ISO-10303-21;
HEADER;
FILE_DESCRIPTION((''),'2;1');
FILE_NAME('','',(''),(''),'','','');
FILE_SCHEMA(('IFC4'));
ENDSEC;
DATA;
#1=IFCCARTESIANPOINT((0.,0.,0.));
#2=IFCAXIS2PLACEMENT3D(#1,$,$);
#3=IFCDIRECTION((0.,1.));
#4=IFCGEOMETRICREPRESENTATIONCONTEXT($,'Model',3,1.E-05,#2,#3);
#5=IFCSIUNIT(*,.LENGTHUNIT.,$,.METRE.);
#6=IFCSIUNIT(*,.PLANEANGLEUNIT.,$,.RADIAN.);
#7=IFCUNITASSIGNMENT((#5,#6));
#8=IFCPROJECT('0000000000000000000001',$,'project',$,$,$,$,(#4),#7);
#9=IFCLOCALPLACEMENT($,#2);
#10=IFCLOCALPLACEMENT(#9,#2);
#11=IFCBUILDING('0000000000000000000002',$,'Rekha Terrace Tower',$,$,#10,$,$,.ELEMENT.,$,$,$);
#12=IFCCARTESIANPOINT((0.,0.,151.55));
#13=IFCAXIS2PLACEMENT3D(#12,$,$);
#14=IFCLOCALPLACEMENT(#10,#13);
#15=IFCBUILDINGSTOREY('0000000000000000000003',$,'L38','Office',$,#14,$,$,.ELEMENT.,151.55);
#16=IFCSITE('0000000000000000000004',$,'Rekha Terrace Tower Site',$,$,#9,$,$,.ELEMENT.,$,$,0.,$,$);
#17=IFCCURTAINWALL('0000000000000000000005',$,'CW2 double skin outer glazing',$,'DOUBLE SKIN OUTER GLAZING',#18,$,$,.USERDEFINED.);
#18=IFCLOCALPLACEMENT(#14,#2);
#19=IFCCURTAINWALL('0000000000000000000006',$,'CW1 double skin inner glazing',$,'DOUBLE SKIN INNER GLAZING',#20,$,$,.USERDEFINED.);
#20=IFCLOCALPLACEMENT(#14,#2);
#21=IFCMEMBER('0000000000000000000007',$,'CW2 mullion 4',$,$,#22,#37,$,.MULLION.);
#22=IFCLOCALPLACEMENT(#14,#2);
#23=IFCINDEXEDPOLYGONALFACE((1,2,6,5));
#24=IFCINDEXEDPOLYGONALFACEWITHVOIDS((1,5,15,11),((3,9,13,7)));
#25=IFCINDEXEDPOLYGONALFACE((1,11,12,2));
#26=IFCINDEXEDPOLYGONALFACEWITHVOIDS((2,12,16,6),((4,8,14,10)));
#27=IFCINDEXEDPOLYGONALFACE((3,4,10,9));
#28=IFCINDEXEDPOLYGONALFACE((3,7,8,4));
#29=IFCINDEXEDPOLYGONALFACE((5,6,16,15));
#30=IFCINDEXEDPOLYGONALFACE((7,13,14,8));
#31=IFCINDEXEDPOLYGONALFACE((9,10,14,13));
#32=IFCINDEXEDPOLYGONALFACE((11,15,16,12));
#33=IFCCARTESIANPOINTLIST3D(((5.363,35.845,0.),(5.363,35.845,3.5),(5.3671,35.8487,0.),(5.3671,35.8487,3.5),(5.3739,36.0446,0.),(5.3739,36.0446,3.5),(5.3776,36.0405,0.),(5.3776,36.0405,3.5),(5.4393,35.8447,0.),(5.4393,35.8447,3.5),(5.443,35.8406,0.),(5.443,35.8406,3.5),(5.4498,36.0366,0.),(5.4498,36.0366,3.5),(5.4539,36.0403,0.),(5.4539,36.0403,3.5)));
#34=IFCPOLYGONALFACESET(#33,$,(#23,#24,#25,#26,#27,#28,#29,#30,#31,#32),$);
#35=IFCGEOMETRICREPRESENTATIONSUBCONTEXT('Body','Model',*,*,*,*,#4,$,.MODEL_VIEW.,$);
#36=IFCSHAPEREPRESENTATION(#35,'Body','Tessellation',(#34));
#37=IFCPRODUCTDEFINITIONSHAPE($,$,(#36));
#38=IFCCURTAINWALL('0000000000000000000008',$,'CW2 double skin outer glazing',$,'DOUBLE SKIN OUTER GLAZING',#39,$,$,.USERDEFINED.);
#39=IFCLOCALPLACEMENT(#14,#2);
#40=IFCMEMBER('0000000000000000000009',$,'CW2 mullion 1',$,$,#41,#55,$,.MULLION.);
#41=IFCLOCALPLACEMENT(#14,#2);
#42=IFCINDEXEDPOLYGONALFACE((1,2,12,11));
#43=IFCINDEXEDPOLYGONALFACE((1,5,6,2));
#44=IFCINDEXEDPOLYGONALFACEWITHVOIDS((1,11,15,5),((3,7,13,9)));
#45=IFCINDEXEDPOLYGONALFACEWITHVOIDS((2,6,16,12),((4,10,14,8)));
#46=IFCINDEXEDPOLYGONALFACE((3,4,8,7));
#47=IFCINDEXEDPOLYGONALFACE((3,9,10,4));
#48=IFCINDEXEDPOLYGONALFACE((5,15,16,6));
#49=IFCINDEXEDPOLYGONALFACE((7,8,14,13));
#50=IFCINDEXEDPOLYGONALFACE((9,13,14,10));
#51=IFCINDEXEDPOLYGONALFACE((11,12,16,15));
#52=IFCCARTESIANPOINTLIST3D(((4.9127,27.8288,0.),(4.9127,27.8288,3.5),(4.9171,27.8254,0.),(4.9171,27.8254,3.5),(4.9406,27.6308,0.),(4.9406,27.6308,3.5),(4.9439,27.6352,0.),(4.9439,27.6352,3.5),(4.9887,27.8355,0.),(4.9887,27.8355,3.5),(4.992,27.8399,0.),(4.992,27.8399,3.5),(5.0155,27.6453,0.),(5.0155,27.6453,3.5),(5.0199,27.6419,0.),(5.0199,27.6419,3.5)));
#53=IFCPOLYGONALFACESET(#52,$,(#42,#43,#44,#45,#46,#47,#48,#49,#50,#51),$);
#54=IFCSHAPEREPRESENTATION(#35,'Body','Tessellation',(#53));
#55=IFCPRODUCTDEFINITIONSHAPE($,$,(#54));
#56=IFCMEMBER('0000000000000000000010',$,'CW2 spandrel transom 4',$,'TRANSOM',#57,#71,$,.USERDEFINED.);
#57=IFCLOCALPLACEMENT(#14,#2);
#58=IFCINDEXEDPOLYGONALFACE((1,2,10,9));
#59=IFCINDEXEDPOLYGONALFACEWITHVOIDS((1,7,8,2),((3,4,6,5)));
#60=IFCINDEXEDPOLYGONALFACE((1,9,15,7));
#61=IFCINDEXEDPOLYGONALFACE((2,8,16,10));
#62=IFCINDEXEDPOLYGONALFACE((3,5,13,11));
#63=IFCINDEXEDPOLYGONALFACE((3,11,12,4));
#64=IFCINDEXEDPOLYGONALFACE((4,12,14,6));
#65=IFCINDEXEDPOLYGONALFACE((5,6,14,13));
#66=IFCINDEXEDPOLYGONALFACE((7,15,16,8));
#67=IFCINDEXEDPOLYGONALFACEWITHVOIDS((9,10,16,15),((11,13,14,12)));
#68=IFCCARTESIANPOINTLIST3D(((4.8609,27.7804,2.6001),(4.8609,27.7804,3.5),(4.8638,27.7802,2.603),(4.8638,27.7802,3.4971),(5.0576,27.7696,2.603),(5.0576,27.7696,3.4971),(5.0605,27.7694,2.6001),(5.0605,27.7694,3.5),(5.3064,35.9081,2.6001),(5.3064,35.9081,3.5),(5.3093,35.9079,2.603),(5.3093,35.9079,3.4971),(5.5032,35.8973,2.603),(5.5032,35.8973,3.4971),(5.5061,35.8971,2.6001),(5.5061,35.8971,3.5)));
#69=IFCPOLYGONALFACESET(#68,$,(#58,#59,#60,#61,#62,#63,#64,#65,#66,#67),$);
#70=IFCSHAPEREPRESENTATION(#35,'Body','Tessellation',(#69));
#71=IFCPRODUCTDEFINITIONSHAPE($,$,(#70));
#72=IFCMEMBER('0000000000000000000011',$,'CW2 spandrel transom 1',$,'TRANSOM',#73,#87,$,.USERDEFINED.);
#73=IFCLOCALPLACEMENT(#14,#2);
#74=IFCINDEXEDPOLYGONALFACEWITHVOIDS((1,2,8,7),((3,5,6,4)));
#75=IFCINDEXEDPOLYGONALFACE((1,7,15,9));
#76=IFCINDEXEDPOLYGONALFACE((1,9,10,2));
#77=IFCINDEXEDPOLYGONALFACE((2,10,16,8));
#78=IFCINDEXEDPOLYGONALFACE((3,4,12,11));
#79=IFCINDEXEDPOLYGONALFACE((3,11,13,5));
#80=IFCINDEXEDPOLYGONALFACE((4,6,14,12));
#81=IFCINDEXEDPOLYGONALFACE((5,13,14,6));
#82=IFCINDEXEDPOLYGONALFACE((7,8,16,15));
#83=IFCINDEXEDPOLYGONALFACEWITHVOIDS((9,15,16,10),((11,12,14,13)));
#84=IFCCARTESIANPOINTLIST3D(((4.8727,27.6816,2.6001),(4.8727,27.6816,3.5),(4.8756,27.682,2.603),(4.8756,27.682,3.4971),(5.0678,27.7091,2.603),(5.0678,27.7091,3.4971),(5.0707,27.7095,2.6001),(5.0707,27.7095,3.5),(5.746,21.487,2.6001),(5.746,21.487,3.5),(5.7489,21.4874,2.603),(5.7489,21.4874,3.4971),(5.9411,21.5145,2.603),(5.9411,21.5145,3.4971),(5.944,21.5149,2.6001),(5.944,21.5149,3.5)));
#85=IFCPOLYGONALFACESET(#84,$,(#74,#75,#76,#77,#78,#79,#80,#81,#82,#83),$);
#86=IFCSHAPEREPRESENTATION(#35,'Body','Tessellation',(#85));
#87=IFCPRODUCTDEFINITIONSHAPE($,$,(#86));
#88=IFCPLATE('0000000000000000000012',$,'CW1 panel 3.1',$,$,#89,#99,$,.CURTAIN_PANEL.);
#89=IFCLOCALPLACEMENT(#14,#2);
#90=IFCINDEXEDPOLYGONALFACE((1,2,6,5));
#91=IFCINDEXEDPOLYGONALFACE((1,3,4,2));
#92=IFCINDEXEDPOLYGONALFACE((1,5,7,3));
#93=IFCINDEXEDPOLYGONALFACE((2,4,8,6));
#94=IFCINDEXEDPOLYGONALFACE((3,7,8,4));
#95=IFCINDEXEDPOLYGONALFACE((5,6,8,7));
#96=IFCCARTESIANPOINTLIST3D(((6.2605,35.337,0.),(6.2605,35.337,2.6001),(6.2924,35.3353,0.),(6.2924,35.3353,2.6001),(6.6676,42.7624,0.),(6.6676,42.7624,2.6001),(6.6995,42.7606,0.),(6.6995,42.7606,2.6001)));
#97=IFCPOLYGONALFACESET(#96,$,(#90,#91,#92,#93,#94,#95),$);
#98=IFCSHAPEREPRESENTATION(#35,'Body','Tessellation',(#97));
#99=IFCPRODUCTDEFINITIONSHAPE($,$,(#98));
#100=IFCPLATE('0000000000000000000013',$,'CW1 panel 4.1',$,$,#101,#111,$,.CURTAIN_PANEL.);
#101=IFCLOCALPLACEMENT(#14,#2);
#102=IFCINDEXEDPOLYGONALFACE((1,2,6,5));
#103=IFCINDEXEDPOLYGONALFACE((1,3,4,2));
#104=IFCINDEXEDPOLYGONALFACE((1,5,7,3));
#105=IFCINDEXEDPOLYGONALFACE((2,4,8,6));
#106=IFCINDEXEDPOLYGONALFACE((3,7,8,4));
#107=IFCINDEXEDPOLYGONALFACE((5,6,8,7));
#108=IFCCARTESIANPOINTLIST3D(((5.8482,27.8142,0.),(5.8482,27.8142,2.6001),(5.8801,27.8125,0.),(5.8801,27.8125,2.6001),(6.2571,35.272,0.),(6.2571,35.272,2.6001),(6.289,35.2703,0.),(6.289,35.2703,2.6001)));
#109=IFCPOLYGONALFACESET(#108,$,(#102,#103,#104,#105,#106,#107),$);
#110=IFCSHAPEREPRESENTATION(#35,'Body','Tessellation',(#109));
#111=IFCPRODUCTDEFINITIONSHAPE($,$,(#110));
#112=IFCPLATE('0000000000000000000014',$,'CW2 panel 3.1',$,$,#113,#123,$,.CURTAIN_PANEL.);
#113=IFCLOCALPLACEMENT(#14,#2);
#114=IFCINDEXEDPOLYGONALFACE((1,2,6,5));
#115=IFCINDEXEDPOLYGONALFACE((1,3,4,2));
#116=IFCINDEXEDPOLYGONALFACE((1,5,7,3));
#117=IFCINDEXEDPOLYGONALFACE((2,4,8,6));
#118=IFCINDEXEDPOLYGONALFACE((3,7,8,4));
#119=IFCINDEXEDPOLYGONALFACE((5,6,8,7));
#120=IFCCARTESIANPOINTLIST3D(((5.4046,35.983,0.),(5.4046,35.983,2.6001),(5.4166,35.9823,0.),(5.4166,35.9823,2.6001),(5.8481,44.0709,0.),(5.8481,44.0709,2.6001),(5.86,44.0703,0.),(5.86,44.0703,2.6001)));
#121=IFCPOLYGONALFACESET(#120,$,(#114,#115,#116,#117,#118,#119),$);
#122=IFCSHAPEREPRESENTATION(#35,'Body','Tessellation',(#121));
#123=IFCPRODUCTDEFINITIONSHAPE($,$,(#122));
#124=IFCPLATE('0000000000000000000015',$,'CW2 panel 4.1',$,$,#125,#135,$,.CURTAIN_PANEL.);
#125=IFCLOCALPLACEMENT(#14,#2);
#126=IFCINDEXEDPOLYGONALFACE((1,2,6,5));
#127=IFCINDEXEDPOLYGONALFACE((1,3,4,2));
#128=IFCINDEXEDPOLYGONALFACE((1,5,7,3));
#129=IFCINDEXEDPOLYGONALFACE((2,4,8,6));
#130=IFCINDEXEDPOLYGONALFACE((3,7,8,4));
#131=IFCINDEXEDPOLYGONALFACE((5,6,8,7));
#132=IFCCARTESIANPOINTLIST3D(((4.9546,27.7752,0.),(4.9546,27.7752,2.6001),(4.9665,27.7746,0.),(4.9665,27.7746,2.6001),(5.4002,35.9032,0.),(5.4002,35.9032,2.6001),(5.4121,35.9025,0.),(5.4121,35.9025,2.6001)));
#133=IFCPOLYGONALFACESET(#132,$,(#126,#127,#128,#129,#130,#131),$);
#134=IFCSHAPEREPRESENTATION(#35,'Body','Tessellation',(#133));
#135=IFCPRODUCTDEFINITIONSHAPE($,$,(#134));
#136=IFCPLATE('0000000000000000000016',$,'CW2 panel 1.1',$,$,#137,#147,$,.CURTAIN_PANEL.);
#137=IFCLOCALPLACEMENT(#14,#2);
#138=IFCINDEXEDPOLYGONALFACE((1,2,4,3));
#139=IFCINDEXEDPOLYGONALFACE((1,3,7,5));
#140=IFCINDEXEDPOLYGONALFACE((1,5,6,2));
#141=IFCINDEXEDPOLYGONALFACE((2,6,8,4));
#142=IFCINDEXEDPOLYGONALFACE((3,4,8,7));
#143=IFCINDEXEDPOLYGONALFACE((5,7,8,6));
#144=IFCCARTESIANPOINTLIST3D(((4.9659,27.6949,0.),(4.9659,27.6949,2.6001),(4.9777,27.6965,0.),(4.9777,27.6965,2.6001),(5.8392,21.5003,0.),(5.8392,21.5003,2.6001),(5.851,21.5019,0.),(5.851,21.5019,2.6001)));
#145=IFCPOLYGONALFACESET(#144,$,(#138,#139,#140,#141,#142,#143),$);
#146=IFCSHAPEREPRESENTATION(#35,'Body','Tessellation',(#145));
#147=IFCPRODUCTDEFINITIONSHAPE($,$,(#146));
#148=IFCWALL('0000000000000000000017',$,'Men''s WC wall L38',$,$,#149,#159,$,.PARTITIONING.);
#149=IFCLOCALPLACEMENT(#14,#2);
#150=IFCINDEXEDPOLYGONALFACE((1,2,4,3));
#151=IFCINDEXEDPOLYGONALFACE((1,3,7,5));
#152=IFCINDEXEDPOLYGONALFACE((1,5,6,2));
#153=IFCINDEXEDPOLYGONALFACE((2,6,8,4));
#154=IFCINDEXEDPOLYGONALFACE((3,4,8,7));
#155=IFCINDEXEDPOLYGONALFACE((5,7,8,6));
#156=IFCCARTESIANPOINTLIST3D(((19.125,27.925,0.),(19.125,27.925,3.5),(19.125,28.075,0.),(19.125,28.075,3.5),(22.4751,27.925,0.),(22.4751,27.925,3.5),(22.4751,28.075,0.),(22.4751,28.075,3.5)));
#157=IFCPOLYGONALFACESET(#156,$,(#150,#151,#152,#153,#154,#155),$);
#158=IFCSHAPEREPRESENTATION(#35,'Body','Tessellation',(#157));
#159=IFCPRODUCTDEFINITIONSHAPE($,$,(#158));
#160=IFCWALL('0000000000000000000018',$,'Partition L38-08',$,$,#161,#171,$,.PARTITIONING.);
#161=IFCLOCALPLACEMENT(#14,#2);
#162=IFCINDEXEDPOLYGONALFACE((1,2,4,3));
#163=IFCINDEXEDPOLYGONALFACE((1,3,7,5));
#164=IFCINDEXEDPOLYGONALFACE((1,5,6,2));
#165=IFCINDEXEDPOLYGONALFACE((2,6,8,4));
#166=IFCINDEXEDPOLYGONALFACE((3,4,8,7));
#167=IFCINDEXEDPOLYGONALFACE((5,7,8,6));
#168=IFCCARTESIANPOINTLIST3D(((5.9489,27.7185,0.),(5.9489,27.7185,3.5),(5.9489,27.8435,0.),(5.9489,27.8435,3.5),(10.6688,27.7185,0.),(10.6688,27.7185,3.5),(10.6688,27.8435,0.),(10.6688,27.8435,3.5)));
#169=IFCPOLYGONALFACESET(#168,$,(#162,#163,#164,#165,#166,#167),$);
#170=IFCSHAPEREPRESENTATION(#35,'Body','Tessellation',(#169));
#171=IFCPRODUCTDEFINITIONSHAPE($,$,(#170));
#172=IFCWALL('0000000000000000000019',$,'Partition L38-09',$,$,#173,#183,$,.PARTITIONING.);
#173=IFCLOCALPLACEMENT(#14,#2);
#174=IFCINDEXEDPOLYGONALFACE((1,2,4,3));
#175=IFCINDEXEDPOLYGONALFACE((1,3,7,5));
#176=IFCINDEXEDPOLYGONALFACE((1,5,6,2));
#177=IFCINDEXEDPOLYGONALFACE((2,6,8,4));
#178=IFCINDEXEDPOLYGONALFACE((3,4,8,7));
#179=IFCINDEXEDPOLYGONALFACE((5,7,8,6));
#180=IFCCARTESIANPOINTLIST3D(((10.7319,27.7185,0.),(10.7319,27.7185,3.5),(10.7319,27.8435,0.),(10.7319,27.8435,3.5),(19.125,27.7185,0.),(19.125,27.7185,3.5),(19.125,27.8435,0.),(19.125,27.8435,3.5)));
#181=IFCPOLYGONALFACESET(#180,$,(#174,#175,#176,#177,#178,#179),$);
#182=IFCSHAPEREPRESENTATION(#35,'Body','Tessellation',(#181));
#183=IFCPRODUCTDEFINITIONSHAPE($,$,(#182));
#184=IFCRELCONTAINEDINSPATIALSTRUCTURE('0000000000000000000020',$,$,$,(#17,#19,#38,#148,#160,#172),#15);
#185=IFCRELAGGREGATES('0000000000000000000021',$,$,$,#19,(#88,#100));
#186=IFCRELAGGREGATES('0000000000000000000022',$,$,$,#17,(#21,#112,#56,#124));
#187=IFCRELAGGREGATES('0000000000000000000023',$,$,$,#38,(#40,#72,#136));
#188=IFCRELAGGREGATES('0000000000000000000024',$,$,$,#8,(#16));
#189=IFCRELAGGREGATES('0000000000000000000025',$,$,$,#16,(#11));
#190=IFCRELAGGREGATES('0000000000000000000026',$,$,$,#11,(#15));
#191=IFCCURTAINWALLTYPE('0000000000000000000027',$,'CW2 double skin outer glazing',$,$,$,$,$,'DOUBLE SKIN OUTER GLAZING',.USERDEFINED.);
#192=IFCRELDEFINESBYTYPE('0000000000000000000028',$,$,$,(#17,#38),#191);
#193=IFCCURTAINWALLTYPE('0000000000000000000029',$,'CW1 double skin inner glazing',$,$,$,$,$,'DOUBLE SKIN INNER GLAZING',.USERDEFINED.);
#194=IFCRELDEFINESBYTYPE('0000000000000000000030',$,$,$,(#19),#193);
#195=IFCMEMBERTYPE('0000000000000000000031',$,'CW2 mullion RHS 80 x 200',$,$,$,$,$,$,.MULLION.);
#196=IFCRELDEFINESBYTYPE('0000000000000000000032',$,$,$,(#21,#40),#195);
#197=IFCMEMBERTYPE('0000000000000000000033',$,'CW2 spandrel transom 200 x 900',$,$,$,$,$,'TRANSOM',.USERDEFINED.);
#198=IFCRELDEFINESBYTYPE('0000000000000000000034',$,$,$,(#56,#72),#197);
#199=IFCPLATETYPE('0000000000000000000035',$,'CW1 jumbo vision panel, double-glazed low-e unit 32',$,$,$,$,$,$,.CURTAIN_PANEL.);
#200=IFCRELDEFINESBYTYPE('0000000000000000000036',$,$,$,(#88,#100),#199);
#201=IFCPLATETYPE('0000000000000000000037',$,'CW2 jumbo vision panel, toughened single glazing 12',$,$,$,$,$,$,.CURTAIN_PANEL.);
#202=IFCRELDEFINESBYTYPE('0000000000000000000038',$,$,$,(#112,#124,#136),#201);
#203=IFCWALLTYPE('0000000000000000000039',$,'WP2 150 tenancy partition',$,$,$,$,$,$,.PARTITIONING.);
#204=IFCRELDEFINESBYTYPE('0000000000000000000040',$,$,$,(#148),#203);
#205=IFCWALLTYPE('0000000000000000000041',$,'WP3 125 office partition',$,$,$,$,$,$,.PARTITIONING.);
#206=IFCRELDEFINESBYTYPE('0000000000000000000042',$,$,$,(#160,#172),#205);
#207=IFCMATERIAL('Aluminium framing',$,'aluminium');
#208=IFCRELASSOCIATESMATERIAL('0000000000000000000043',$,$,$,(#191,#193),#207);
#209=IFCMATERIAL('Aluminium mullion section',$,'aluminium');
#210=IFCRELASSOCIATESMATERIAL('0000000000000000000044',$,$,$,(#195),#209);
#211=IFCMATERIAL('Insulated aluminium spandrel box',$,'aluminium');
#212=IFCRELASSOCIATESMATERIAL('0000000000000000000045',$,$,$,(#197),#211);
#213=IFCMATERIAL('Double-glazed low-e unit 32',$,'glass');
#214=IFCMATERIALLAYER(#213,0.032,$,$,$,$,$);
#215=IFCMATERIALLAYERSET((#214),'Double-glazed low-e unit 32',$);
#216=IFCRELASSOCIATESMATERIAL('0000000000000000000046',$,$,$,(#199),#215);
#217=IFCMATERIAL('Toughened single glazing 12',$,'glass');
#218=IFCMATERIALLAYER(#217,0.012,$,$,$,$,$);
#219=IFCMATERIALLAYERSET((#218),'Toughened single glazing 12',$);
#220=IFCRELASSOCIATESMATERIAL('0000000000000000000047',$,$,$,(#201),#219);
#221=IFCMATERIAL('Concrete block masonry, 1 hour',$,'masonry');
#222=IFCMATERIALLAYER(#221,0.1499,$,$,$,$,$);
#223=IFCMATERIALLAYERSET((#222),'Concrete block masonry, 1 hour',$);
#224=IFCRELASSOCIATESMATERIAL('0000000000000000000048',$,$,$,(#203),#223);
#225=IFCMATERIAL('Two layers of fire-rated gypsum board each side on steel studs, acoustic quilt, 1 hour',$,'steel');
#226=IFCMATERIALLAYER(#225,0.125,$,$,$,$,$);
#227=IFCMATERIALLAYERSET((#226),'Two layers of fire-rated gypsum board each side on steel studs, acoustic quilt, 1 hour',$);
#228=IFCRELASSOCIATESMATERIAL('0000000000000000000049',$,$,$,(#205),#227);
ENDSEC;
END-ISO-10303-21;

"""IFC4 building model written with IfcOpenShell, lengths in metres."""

from ifc_helpers import new_model, si_unit, direction, frame, frame_2d, origin, origin_2d, place, context, subcontext, project, spatial, rectangle, hollow_rectangle, extrude, material, layer, layer_set, material_profile, profile_set, type_object, element, aggregate, save


model = new_model("IFC4")

# Units and contexts
model_context = context("Model", 3, precision=1e-05, world=origin(), true_north=direction((0.0, 1.0)))
body_context = subcontext(model_context, "Body", "Model", "MODEL_VIEW")
ifc_project = project(units=[si_unit("LENGTHUNIT", "METRE"), si_unit("PLANEANGLEUNIT", "RADIAN")], contexts=[model_context])

# Site, building, storey
site_placement = place(None, origin())
site = spatial("IfcSite", under=ifc_project, at=site_placement, Name="Rekha Terrace Tower Site", CompositionType="ELEMENT", RefElevation=0.0)
building_placement = place(site_placement, origin())
building = spatial("IfcBuilding", under=site, at=building_placement, Name="Rekha Terrace Tower", CompositionType="ELEMENT")
storey_placement = place(building_placement, frame((0.0, 0.0, 151.55)))
storey = spatial("IfcBuildingStorey", under=building, at=storey_placement, Name="L38", Description="Office", CompositionType="ELEMENT", Elevation=151.55)

# Curtain walls
ifc_material_1 = material(Name="Aluminium framing", Category="aluminium")
curtain_wall_type_1 = type_object("IfcCurtainWallType", Name="CW2 double skin outer glazing", ElementType="DOUBLE SKIN OUTER GLAZING", PredefinedType="USERDEFINED", material=ifc_material_1)
curtain_wall_1_placement = place(storey_placement, origin())
curtain_wall_1 = element("IfcCurtainWall", 1, at=curtain_wall_1_placement, inside=storey, type_object=curtain_wall_type_1, Name="CW2 double skin outer glazing", ObjectType="DOUBLE SKIN OUTER GLAZING", PredefinedType="USERDEFINED")
curtain_wall_type_2 = type_object("IfcCurtainWallType", Name="CW1 double skin inner glazing", ElementType="DOUBLE SKIN INNER GLAZING", PredefinedType="USERDEFINED", material=ifc_material_1)
curtain_wall_2_placement = place(storey_placement, origin())
curtain_wall_2 = element("IfcCurtainWall", 2, at=curtain_wall_2_placement, inside=storey, type_object=curtain_wall_type_2, Name="CW1 double skin inner glazing", ObjectType="DOUBLE SKIN INNER GLAZING", PredefinedType="USERDEFINED")
ifc_material_2 = material(Name="Aluminium mullion section", Category="aluminium")

# Member
ifc_material_3 = material(Name="Insulated aluminium spandrel box", Category="aluminium")
ifc_material_profile_1 = material_profile(ifc_material_2, hollow_rectangle(XDim=0.0801, YDim=0.2, WallThickness=0.0039, at=origin_2d()), Name="AL RHS 80x200")
ifc_profile_set_1 = profile_set([ifc_material_profile_1], Name="Aluminium mullion section")
member_type_1 = type_object("IfcMemberType", Name="CW2 mullion RHS 80 x 200", PredefinedType="MULLION", material=ifc_profile_set_1)
member_1_placement = place(storey_placement, frame((5.4084, 35.9426, 0.0), z_axis=(0.0, 0.0, 1.0), x_axis=(0.998501, -0.054742, 0.0)))
member_1 = element("IfcMember", 3, at=member_1_placement, type_object=member_type_1, Name="CW2 mullion 4", PredefinedType="MULLION", context=body_context, shape_type="SweptSolid", body=[
    extrude(hollow_rectangle(XDim=0.0801, YDim=0.2, WallThickness=0.0039, at=origin_2d()), origin(), (0.0, 0.0, 1.0), 3.5),
])

# Curtain wall, member
curtain_wall_3_placement = place(storey_placement, origin())
curtain_wall_3 = element("IfcCurtainWall", 4, at=curtain_wall_3_placement, inside=storey, type_object=curtain_wall_type_1, Name="CW2 double skin outer glazing", ObjectType="DOUBLE SKIN OUTER GLAZING", PredefinedType="USERDEFINED")
member_2_placement = place(storey_placement, frame((4.9663, 27.7354, 0.0), z_axis=(0.0, 0.0, 1.0), x_axis=(0.990208, 0.139597, 0.0)))
member_2 = element("IfcMember", 5, at=member_2_placement, type_object=member_type_1, Name="CW2 mullion 1", PredefinedType="MULLION", context=body_context, shape_type="SweptSolid", body=[
    extrude(hollow_rectangle(XDim=0.0801, YDim=0.2, WallThickness=0.0039, at=origin_2d()), origin(), (0.0, 0.0, 1.0), 3.5),
])

# Members
ifc_material_profile_2 = material_profile(ifc_material_3, hollow_rectangle(XDim=0.2, YDim=0.8999, WallThickness=0.0029, at=origin_2d()), Name="AL SPANDREL BOX 200x900")
ifc_profile_set_2 = profile_set([ifc_material_profile_2], Name="Insulated aluminium spandrel box")
member_type_2 = type_object("IfcMemberType", Name="CW2 spandrel transom 200 x 900", ElementType="TRANSOM", PredefinedType="USERDEFINED", material=ifc_profile_set_2)
member_3_placement = place(storey_placement, frame((5.4062, 35.9026, 3.05), z_axis=(-0.054737, -0.998501, 0.0), x_axis=(0.998501, -0.054737, 0.0)))
member_3 = element("IfcMember", 6, at=member_3_placement, type_object=member_type_2, Name="CW2 spandrel transom 4", ObjectType="TRANSOM", PredefinedType="USERDEFINED", context=body_context, shape_type="SweptSolid", body=[
    extrude(hollow_rectangle(XDim=0.2, YDim=0.8999, WallThickness=0.0029, at=origin_2d()), origin(), (0.0, 0.0, 1.0), 8.1399),
])
member_4_placement = place(storey_placement, frame((4.9717, 27.6956, 3.05), z_axis=(0.139596, -0.990209, 0.0), x_axis=(0.990209, 0.139596, 0.0)))
member_4 = element("IfcMember", 7, at=member_4_placement, type_object=member_type_2, Name="CW2 spandrel transom 1", ObjectType="TRANSOM", PredefinedType="USERDEFINED", context=body_context, shape_type="SweptSolid", body=[
    extrude(hollow_rectangle(XDim=0.2, YDim=0.8999, WallThickness=0.0029, at=origin_2d()), origin(), (0.0, 0.0, 1.0), 6.2559),
])

# Plates
ifc_material_4 = material(Name="Double-glazed low-e unit 32", Category="glass")
ifc_layer_1 = layer(ifc_material_4, 0.032)
ifc_layer_set_1 = layer_set([ifc_layer_1], Name="Double-glazed low-e unit 32")
plate_type_1 = type_object("IfcPlateType", Name="CW1 jumbo vision panel, double-glazed low-e unit 32", PredefinedType="CURTAIN_PANEL", material=ifc_layer_set_1)
plate_1_placement = place(storey_placement, frame((6.48, 39.0488, 0.0), z_axis=(0.0, 0.0, 1.0), x_axis=(-0.054742, -0.998501, 0.0)))
plate_1 = element("IfcPlate", 8, at=plate_1_placement, type_object=plate_type_1, Name="CW1 panel 3.1", PredefinedType="CURTAIN_PANEL", context=body_context, shape_type="SweptSolid", body=[
    extrude(rectangle(XDim=7.4365, YDim=0.032, at=origin_2d()), origin(), (0.0, 0.0, 1.0), 2.6001),
])
plate_2_placement = place(storey_placement, frame((6.0686, 31.5422, 0.0), z_axis=(0.0, 0.0, 1.0), x_axis=(-0.054742, -0.998501, 0.0)))
plate_2 = element("IfcPlate", 9, at=plate_2_placement, type_object=plate_type_1, Name="CW1 panel 4.1", PredefinedType="CURTAIN_PANEL", context=body_context, shape_type="SweptSolid", body=[
    extrude(rectangle(XDim=7.469, YDim=0.032, at=origin_2d()), origin(), (0.0, 0.0, 1.0), 2.6001),
])
aggregate(curtain_wall_2, [plate_1, plate_2])
ifc_material_5 = material(Name="Toughened single glazing 12", Category="glass")
ifc_layer_2 = layer(ifc_material_5, 0.012)
ifc_layer_set_2 = layer_set([ifc_layer_2], Name="Toughened single glazing 12")
plate_type_2 = type_object("IfcPlateType", Name="CW2 jumbo vision panel, toughened single glazing 12", PredefinedType="CURTAIN_PANEL", material=ifc_layer_set_2)
plate_3_placement = place(storey_placement, frame((5.6323, 40.0266, 0.0), z_axis=(0.0, 0.0, 1.0), x_axis=(-0.054742, -0.998501, 0.0)))
plate_3 = element("IfcPlate", 10, at=plate_3_placement, type_object=plate_type_2, Name="CW2 panel 3.1", PredefinedType="CURTAIN_PANEL", context=body_context, shape_type="SweptSolid", body=[
    extrude(rectangle(XDim=8.1001, YDim=0.012, at=origin_2d()), origin(), (0.0, 0.0, 1.0), 2.6001),
])
plate_4_placement = place(storey_placement, frame((5.1833, 31.8389, 0.0), z_axis=(0.0, 0.0, 1.0), x_axis=(-0.054742, -0.998501, 0.0)))
plate_4 = element("IfcPlate", 11, at=plate_4_placement, type_object=plate_type_2, Name="CW2 panel 4.1", PredefinedType="CURTAIN_PANEL", context=body_context, shape_type="SweptSolid", body=[
    extrude(rectangle(XDim=8.1401, YDim=0.012, at=origin_2d()), origin(), (0.0, 0.0, 1.0), 2.6001),
])
aggregate(curtain_wall_1, [member_1, plate_3, member_3, plate_4])
plate_5_placement = place(storey_placement, frame((5.4084, 24.5984, 0.0), z_axis=(0.0, 0.0, 1.0), x_axis=(0.139597, -0.990208, 0.0)))
plate_5 = element("IfcPlate", 12, at=plate_5_placement, type_object=plate_type_2, Name="CW2 panel 1.1", PredefinedType="CURTAIN_PANEL", context=body_context, shape_type="SweptSolid", body=[
    extrude(rectangle(XDim=6.2559, YDim=0.012, at=origin_2d()), origin(), (0.0, 0.0, 1.0), 2.6001),
])
aggregate(curtain_wall_3, [member_2, member_4, plate_5])

# Walls
ifc_material_6 = material(Name="Concrete block masonry, 1 hour", Category="masonry")
ifc_layer_3 = layer(ifc_material_6, 0.1499)
ifc_layer_set_3 = layer_set([ifc_layer_3], Name="Concrete block masonry, 1 hour")
wall_type_1 = type_object("IfcWallType", Name="WP2 150 tenancy partition", PredefinedType="PARTITIONING", material=ifc_layer_set_3)
wall_1_placement = place(storey_placement, frame((19.125, 28.0, 0.0), z_axis=(0.0, 0.0, 1.0), x_axis=(1.0, 0.0, 0.0)))
element("IfcWall", 13, at=wall_1_placement, inside=storey, type_object=wall_type_1, Name="Men's WC wall L38", PredefinedType="PARTITIONING", context=body_context, shape_type="SweptSolid", body=[
    extrude(rectangle(XDim=3.3501, YDim=0.1499, at=frame_2d((1.675, 0.0))), origin(), (0.0, 0.0, 1.0), 3.5),
])
ifc_material_7 = material(Name="Two layers of fire-rated gypsum board each side on steel studs, acoustic quilt, 1 hour", Category="steel")
ifc_layer_4 = layer(ifc_material_7, 0.125)
ifc_layer_set_4 = layer_set([ifc_layer_4], Name="Two layers of fire-rated gypsum board each side on steel studs, acoustic quilt, 1 hour")
wall_type_2 = type_object("IfcWallType", Name="WP3 125 office partition", PredefinedType="PARTITIONING", material=ifc_layer_set_4)
wall_2_placement = place(storey_placement, frame((5.949, 27.781, 0.0), z_axis=(0.0, 0.0, 1.0), x_axis=(1.0, 0.0, 0.0)))
element("IfcWall", 14, at=wall_2_placement, inside=storey, type_object=wall_type_2, Name="Partition L38-08", PredefinedType="PARTITIONING", context=body_context, shape_type="SweptSolid", body=[
    extrude(rectangle(XDim=4.72, YDim=0.125, at=frame_2d((2.3599, 0.0))), origin(), (0.0, 0.0, 1.0), 3.5),
])
wall_3_placement = place(storey_placement, frame((10.7319, 27.781, 0.0), z_axis=(0.0, 0.0, 1.0), x_axis=(1.0, 0.0, 0.0)))
element("IfcWall", 15, at=wall_3_placement, inside=storey, type_object=wall_type_2, Name="Partition L38-09", PredefinedType="PARTITIONING", context=body_context, shape_type="SweptSolid", body=[
    extrude(rectangle(XDim=8.3931, YDim=0.125, at=frame_2d((4.1965, 0.0))), origin(), (0.0, 0.0, 1.0), 3.5),
])

save(model, "model.ifc")
